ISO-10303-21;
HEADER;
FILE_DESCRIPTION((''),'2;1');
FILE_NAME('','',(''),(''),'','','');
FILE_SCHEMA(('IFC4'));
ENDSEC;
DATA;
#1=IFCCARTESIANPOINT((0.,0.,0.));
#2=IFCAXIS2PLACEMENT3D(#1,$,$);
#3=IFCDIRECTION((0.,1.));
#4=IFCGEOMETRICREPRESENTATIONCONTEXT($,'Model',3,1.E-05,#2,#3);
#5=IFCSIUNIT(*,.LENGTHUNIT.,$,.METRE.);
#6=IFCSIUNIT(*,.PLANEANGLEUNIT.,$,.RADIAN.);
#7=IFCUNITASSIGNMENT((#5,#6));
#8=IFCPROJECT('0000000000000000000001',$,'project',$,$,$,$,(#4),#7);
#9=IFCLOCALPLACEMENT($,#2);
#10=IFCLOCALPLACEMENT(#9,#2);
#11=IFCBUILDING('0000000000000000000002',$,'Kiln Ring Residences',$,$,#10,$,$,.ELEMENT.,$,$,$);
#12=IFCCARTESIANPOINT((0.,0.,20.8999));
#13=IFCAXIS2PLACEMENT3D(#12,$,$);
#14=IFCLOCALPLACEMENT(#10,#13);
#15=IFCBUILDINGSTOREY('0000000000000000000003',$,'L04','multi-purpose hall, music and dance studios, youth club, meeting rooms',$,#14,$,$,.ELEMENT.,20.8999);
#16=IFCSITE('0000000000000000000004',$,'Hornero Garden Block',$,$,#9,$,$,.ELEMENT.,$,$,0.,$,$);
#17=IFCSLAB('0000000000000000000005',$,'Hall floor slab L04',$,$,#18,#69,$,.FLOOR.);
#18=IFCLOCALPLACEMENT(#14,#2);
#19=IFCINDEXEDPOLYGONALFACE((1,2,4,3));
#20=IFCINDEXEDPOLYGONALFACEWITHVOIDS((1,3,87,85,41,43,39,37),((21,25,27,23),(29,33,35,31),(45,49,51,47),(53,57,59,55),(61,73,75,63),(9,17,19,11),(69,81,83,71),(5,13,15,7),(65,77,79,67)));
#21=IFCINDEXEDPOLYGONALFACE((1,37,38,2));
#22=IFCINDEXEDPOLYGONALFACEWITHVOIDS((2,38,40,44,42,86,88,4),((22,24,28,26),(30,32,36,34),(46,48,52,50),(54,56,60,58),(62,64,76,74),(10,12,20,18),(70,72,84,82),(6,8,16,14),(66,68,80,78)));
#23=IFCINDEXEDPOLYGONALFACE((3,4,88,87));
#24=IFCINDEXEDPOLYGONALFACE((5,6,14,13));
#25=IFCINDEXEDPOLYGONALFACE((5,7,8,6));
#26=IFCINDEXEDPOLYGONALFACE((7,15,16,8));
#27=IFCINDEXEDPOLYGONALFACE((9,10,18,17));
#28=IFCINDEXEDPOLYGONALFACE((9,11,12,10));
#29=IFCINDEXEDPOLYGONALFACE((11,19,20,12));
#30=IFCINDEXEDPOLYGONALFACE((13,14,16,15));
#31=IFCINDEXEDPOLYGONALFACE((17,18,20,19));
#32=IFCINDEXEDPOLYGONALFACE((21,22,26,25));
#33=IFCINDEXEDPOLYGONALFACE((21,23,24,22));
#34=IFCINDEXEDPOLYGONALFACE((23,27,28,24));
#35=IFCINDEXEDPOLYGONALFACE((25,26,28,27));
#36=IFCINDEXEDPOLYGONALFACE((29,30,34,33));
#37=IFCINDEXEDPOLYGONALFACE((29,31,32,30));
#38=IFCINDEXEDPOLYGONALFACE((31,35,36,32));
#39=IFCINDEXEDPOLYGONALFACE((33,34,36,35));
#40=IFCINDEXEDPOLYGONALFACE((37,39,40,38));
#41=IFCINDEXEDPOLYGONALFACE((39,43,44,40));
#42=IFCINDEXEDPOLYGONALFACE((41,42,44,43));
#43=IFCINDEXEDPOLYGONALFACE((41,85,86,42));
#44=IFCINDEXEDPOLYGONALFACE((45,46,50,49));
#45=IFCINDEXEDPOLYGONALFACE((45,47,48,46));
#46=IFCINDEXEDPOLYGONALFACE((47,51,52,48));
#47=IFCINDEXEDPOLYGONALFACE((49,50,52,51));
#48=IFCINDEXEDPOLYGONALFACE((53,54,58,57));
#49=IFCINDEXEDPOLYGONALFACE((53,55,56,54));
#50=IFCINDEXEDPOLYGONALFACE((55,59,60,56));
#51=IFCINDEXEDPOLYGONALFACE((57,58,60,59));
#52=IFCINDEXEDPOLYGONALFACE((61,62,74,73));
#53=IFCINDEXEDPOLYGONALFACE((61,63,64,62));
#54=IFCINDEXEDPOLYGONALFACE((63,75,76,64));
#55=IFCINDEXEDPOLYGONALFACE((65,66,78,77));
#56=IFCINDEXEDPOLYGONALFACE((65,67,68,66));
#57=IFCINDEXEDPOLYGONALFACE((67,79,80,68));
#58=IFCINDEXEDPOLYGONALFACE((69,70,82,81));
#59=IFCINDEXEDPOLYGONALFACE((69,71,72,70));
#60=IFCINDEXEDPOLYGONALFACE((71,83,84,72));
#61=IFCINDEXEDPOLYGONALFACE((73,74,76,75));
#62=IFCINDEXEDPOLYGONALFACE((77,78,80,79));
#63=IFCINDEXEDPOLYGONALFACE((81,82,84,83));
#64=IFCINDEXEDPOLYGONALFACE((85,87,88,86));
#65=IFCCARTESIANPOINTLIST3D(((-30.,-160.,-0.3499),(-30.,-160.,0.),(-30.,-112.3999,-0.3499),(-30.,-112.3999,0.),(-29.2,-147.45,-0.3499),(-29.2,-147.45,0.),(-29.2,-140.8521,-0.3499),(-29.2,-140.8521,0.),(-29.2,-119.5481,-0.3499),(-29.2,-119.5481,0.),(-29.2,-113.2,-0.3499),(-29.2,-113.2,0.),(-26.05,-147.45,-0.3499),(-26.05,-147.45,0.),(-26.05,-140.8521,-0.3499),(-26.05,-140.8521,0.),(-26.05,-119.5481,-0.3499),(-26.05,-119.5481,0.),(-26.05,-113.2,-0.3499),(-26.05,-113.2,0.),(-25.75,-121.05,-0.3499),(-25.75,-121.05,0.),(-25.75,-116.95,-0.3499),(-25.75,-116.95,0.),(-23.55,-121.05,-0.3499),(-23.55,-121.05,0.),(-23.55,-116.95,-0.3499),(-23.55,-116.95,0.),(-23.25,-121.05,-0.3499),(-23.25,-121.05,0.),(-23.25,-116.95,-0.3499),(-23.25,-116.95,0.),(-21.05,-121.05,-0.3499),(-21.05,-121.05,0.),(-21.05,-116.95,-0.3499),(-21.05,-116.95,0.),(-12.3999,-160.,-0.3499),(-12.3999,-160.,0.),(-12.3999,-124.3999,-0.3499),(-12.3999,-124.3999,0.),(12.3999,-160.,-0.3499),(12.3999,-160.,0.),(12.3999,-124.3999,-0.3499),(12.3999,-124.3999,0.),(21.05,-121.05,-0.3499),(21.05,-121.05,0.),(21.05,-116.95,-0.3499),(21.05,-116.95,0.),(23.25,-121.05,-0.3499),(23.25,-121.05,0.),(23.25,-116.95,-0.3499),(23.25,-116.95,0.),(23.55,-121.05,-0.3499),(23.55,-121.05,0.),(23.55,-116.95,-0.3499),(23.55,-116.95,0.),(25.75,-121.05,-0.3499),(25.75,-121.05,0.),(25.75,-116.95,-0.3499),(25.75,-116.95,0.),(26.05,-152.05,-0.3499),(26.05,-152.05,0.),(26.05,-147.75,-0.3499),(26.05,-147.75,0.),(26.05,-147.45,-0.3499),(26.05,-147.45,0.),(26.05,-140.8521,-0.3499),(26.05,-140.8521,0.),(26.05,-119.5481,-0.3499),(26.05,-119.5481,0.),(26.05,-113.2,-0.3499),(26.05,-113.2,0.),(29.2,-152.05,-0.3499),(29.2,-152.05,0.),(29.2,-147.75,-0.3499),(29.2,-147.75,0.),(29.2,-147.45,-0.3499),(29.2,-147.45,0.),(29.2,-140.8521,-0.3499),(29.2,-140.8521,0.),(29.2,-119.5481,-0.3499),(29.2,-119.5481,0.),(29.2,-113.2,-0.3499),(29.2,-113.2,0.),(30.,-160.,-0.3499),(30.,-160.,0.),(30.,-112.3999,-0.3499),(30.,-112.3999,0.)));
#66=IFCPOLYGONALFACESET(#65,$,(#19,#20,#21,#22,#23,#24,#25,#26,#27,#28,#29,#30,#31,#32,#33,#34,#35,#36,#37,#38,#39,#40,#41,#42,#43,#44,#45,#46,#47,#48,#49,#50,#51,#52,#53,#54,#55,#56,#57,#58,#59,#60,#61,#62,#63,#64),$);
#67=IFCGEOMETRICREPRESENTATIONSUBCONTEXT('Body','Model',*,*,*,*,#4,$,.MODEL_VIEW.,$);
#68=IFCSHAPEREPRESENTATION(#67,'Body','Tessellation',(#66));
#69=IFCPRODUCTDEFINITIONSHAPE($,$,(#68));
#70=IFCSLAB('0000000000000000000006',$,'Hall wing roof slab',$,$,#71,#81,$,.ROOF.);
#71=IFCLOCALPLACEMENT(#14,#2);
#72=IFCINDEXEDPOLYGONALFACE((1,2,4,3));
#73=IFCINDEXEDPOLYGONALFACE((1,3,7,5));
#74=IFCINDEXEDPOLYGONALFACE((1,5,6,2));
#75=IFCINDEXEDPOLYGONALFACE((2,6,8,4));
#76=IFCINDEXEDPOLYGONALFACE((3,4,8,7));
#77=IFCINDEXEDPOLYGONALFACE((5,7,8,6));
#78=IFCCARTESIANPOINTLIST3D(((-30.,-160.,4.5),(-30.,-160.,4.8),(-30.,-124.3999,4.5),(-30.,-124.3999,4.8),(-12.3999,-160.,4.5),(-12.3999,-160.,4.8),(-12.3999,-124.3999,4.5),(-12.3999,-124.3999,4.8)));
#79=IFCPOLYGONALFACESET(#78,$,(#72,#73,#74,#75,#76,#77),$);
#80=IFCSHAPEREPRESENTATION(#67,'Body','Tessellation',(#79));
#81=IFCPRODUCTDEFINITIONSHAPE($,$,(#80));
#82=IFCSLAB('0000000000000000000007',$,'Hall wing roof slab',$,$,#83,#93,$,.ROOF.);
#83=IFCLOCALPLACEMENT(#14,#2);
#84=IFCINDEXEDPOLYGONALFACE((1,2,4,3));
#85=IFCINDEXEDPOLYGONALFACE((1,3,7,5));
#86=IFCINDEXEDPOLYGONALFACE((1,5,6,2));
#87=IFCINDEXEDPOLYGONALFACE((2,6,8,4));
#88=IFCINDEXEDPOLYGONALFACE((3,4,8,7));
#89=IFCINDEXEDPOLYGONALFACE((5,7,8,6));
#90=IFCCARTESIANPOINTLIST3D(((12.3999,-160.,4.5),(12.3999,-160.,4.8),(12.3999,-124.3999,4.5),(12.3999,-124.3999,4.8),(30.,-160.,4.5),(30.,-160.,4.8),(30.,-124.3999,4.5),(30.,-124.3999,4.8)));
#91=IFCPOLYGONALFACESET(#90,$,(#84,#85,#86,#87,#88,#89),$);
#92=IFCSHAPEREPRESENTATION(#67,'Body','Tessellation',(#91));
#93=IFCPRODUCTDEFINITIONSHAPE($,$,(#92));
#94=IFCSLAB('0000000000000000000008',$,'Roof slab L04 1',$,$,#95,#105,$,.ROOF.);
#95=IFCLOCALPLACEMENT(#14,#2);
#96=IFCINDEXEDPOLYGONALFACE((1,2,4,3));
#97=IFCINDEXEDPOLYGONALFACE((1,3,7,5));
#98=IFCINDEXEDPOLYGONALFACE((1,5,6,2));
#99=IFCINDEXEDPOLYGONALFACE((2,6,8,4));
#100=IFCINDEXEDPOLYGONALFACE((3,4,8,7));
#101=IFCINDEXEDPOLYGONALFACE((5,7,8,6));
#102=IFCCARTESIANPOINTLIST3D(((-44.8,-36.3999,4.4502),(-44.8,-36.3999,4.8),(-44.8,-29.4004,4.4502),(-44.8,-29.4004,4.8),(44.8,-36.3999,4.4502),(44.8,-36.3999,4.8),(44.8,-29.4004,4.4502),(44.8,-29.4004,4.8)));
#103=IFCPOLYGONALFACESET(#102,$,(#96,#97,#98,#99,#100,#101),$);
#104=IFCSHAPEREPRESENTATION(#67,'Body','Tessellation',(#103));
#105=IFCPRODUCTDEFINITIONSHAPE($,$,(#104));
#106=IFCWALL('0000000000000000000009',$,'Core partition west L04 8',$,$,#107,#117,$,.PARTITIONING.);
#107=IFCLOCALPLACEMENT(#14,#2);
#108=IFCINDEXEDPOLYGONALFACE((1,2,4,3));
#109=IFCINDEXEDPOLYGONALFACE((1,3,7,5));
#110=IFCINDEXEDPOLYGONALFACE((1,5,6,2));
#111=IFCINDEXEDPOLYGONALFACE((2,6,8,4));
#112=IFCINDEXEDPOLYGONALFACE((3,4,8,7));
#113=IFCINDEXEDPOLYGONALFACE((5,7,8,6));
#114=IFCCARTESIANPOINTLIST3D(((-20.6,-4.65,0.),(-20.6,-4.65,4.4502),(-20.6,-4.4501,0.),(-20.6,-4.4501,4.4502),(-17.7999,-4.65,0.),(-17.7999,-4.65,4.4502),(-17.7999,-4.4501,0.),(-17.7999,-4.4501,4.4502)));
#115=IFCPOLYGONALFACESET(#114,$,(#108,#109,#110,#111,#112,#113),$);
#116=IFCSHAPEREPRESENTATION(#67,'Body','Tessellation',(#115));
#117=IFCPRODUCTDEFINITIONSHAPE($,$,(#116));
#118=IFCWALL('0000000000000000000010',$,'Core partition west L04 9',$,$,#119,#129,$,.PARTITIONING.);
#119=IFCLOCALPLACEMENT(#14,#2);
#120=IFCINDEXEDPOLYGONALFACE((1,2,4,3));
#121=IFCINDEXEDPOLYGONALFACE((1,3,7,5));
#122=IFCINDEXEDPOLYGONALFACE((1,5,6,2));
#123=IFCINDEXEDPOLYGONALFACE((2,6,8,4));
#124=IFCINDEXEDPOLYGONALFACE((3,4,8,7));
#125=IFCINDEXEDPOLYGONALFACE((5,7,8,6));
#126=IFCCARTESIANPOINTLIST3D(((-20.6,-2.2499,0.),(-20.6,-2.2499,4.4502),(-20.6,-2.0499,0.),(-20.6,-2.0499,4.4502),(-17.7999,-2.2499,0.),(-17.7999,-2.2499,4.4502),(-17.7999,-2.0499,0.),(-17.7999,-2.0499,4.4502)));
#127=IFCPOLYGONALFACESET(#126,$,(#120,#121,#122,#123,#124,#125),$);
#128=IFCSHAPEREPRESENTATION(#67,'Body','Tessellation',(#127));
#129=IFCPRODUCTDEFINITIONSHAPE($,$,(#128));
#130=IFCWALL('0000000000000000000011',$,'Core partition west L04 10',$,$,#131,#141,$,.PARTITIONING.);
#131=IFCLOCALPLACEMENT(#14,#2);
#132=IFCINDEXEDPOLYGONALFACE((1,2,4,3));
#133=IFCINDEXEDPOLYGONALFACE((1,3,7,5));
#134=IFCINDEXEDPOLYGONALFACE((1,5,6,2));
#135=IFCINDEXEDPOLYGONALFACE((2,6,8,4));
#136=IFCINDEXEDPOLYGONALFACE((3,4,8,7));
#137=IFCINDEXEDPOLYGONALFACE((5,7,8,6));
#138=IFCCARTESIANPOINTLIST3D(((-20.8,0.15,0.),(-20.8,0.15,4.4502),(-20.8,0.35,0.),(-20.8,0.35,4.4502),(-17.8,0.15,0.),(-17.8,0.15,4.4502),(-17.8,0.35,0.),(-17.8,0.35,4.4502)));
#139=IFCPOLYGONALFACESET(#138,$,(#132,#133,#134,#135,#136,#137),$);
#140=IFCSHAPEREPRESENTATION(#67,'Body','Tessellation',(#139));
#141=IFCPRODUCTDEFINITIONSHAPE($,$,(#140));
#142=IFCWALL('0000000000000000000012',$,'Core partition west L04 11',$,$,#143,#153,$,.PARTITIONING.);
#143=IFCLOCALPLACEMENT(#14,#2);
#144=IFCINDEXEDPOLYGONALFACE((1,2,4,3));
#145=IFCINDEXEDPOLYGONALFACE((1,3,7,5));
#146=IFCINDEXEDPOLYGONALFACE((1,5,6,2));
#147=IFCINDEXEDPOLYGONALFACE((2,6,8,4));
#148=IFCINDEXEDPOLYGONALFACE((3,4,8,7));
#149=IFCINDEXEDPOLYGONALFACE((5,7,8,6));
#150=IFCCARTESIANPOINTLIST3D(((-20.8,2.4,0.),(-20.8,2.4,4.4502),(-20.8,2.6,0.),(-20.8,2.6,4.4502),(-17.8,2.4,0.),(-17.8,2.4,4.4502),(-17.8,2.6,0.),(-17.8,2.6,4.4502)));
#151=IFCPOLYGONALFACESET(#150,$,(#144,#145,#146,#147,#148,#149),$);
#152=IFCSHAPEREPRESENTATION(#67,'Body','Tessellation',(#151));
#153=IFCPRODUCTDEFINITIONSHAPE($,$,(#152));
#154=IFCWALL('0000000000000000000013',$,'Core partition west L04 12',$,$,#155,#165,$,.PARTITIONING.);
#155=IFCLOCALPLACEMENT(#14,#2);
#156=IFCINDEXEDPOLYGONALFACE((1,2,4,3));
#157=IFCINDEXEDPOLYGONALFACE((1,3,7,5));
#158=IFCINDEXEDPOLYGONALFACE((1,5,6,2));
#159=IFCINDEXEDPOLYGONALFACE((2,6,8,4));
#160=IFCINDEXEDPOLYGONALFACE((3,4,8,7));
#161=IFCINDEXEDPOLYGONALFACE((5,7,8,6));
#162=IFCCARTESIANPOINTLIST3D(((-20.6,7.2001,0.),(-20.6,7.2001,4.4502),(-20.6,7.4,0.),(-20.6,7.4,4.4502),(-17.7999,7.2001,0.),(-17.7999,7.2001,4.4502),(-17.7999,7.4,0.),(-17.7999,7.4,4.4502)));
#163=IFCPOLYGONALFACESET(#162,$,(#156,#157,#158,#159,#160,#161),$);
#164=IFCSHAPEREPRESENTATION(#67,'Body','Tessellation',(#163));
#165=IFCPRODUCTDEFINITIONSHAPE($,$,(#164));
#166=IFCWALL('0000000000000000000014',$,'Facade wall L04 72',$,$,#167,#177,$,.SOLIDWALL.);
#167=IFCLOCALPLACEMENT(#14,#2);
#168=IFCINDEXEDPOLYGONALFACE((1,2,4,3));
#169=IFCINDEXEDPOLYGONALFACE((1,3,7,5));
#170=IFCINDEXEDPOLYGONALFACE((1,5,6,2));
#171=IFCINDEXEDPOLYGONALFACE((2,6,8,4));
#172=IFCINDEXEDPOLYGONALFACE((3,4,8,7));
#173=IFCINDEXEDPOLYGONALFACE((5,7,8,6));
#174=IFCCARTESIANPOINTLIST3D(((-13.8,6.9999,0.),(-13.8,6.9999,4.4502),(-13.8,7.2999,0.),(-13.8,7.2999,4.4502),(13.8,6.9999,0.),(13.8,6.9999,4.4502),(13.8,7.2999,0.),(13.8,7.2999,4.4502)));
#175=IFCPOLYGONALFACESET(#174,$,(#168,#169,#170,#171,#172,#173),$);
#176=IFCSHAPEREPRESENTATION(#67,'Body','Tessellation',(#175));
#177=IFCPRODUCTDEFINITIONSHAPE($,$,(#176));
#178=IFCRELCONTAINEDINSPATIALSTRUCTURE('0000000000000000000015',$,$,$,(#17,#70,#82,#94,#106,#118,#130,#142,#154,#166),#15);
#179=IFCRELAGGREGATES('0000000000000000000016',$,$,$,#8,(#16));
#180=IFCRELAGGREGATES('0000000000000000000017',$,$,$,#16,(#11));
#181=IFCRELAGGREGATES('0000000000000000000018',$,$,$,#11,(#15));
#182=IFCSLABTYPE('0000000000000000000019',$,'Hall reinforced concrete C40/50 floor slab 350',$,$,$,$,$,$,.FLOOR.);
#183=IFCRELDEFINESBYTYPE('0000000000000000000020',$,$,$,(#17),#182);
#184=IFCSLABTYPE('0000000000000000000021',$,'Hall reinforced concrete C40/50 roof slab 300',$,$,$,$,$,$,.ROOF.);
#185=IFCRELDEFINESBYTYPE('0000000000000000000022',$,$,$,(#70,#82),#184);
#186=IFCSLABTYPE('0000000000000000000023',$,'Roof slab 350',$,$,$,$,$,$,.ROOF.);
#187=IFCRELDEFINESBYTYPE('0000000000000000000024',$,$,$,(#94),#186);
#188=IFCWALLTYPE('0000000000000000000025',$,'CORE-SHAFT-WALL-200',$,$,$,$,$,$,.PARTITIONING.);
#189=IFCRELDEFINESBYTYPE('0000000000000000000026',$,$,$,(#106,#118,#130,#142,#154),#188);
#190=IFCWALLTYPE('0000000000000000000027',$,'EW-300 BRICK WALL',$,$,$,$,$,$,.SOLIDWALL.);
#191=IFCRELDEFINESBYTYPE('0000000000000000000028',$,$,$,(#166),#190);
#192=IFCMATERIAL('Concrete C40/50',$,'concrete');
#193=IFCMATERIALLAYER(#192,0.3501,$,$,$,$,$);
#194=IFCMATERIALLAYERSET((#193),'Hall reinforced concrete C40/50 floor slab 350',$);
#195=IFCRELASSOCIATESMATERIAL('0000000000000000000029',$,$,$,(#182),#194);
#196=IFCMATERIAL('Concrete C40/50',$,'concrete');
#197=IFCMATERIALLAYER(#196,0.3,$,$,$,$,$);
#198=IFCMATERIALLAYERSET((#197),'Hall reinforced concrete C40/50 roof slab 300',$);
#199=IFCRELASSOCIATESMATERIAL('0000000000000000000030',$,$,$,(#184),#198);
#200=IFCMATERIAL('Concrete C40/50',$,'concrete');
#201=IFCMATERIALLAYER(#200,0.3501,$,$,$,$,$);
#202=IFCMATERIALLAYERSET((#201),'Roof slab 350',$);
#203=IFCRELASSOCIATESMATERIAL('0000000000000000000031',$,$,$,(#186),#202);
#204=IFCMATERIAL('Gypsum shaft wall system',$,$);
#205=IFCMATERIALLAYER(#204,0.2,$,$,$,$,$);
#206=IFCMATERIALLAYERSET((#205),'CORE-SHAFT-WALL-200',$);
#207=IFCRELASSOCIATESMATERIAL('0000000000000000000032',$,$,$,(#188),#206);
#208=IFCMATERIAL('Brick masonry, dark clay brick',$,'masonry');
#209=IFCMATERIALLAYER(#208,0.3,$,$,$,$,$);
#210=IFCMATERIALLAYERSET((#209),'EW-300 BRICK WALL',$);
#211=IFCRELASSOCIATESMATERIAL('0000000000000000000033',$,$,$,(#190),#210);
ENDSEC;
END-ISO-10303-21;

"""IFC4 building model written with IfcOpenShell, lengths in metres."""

from ifc_helpers import new_model, si_unit, direction, frame, frame_2d, origin, place, context, subcontext, project, spatial, polyline, rectangle, outline, extrude, material, layer, layer_set, type_object, element, save


model = new_model("IFC4")

# Units and contexts
model_context = context("Model", 3, precision=1e-05, world=origin(), true_north=direction((0.0, 1.0)))
body_context = subcontext(model_context, "Body", "Model", "MODEL_VIEW")
ifc_project = project(units=[si_unit("LENGTHUNIT", "METRE"), si_unit("PLANEANGLEUNIT", "RADIAN")], contexts=[model_context])

# Site, building, storey
site_placement = place(None, origin())
site = spatial("IfcSite", under=ifc_project, at=site_placement, Name="Hornero Garden Block", CompositionType="ELEMENT", RefElevation=0.0)
building_placement = place(site_placement, origin())
building = spatial("IfcBuilding", under=site, at=building_placement, Name="Kiln Ring Residences", CompositionType="ELEMENT")
storey_placement = place(building_placement, frame((0.0, 0.0, 20.8999)))
storey = spatial("IfcBuildingStorey", under=building, at=storey_placement, Name="L04", Description="multi-purpose hall, music and dance studios, youth club, meeting rooms", CompositionType="ELEMENT", Elevation=20.8999)

# Slabs
placement_1 = place(storey_placement, frame((0.0, 0.0, -0.3499)))
ifc_material_1 = material(Name="Concrete C40/50", Category="concrete")
ifc_layer_1 = layer(ifc_material_1, 0.3501)
ifc_layer_set_1 = layer_set([ifc_layer_1], Name="Hall reinforced concrete C40/50 floor slab 350")
slab_type_1 = type_object("IfcSlabType", Name="Hall reinforced concrete C40/50 floor slab 350", PredefinedType="FLOOR", material=ifc_layer_set_1)
element("IfcSlab", 1, at=placement_1, inside=storey, type_object=slab_type_1, Name="Hall floor slab L04", PredefinedType="FLOOR", context=body_context, shape_type="SweptSolid", body=[
    extrude(outline(polyline([(-30.0, -112.3999), (30.0, -112.3999), (30.0, -160.0), (12.3999, -160.0), (12.3999, -124.3999), (-12.3999, -124.3999), (-12.3999, -160.0), (-30.0, -160.0), (-30.0, -112.3999)]), holes=[polyline([(-23.55, -116.95), (-25.75, -116.95), (-25.75, -121.05), (-23.55, -121.05), (-23.55, -116.95)]), polyline([(-23.25, -121.05), (-21.05, -121.05), (-21.05, -116.95), (-23.25, -116.95), (-23.25, -121.05)]), polyline([(23.25, -116.95), (21.05, -116.95), (21.05, -121.05), (23.25, -121.05), (23.25, -116.95)]), polyline([(25.75, -121.05), (25.75, -116.95), (23.55, -116.95), (23.55, -121.05), (25.75, -121.05)]), polyline([(29.2, -147.75), (26.05, -147.75), (26.05, -152.05), (29.2, -152.05), (29.2, -147.75)]), polyline([(-26.05, -119.5481), (-26.05, -113.2), (-29.2, -113.2), (-29.2, -119.5481), (-26.05, -119.5481)]), polyline([(26.05, -119.5481), (29.2, -119.5481), (29.2, -113.2), (26.05, -113.2), (26.05, -119.5481)]), polyline([(-26.05, -147.45), (-26.05, -140.8521), (-29.2, -140.8521), (-29.2, -147.45), (-26.05, -147.45)]), polyline([(26.05, -147.45), (29.2, -147.45), (29.2, -140.8521), (26.05, -140.8521), (26.05, -147.45)])]), origin(), (0.0, 0.0, 1.0), 0.3499),
])
ifc_material_2 = material(Name="Concrete C40/50", Category="concrete")
ifc_layer_2 = layer(ifc_material_2, 0.3)
ifc_layer_set_2 = layer_set([ifc_layer_2], Name="Hall reinforced concrete C40/50 roof slab 300")
slab_type_2 = type_object("IfcSlabType", Name="Hall reinforced concrete C40/50 roof slab 300", PredefinedType="ROOF", material=ifc_layer_set_2)
placement_2 = place(storey_placement, frame((0.0, 0.0, 4.5)))
element("IfcSlab", 2, at=placement_2, inside=storey, type_object=slab_type_2, Name="Hall wing roof slab", PredefinedType="ROOF", context=body_context, shape_type="SweptSolid", body=[
    extrude(outline(polyline([(-30.0, -160.0), (-12.3999, -160.0), (-12.3999, -124.3999), (-30.0, -124.3999), (-30.0, -160.0)])), origin(), (0.0, 0.0, 1.0), 0.3),
])
element("IfcSlab", 3, at=placement_2, inside=storey, type_object=slab_type_2, Name="Hall wing roof slab", PredefinedType="ROOF", context=body_context, shape_type="SweptSolid", body=[
    extrude(outline(polyline([(12.3999, -160.0), (30.0, -160.0), (30.0, -124.3999), (12.3999, -124.3999), (12.3999, -160.0)])), origin(), (0.0, 0.0, 1.0), 0.3),
])
ifc_material_3 = material(Name="Concrete C40/50", Category="concrete")
ifc_layer_3 = layer(ifc_material_3, 0.3501)
ifc_layer_set_3 = layer_set([ifc_layer_3], Name="Roof slab 350")
slab_type_3 = type_object("IfcSlabType", Name="Roof slab 350", PredefinedType="ROOF", material=ifc_layer_set_3)
slab_1_placement = place(storey_placement, frame((0.0, 0.0, 4.4502)))
element("IfcSlab", 4, at=slab_1_placement, inside=storey, type_object=slab_type_3, Name="Roof slab L04 1", PredefinedType="ROOF", context=body_context, shape_type="SweptSolid", body=[
    extrude(outline(polyline([(44.8, -29.4004), (-44.8, -29.4004), (-44.8, -36.3999), (44.8, -36.3999), (44.8, -29.4004)])), origin(), (0.0, 0.0, 1.0), 0.3499),
])

# Walls
ifc_material_4 = material(Name="Gypsum shaft wall system")
ifc_layer_4 = layer(ifc_material_4, 0.2)
ifc_layer_set_4 = layer_set([ifc_layer_4], Name="CORE-SHAFT-WALL-200")
wall_type_1 = type_object("IfcWallType", Name="CORE-SHAFT-WALL-200", PredefinedType="PARTITIONING", material=ifc_layer_set_4)
for number, where, z_axis, x_axis, name in (
    (5, (-17.8, -4.55, 0.0), (0.0, 0.0, 1.0), (-1.0, 0.0, 0.0), "Core partition west L04 8"),
    (6, (-17.8, -2.1499, 0.0), (0.0, 0.0, 1.0), (-1.0, 0.0, 0.0), "Core partition west L04 9"),
):
    element("IfcWall", number, at=place(storey_placement, frame(where, z_axis=z_axis, x_axis=x_axis)), inside=storey, type_object=wall_type_1, Name=name, PredefinedType="PARTITIONING", context=body_context, shape_type="SweptSolid", body=[
        extrude(rectangle(XDim=2.8, YDim=0.2, at=frame_2d((1.3999, 0.0))), origin(), (0.0, 0.0, 1.0), 4.4502),
    ])
for number, where, z_axis, x_axis, name in (
    (7, (-17.8, 0.25, 0.0), (0.0, 0.0, 1.0), (-1.0, 0.0, 0.0), "Core partition west L04 10"),
    (8, (-17.8, 2.5, 0.0), (0.0, 0.0, 1.0), (-1.0, 0.0, 0.0), "Core partition west L04 11"),
):
    element("IfcWall", number, at=place(storey_placement, frame(where, z_axis=z_axis, x_axis=x_axis)), inside=storey, type_object=wall_type_1, Name=name, PredefinedType="PARTITIONING", context=body_context, shape_type="SweptSolid", body=[
        extrude(rectangle(XDim=3.0, YDim=0.2, at=frame_2d((1.5, 0.0))), origin(), (0.0, 0.0, 1.0), 4.4502),
    ])
wall_1_placement = place(storey_placement, frame((-17.8, 7.3, 0.0), z_axis=(0.0, 0.0, 1.0), x_axis=(-1.0, 0.0, 0.0)))
element("IfcWall", 9, at=wall_1_placement, inside=storey, type_object=wall_type_1, Name="Core partition west L04 12", PredefinedType="PARTITIONING", context=body_context, shape_type="SweptSolid", body=[
    extrude(rectangle(XDim=2.8, YDim=0.2, at=frame_2d((1.3999, 0.0))), origin(), (0.0, 0.0, 1.0), 4.4502),
])
ifc_material_5 = material(Name="Brick masonry, dark clay brick", Category="masonry")
ifc_layer_5 = layer(ifc_material_5, 0.3)
ifc_layer_set_5 = layer_set([ifc_layer_5], Name="EW-300 BRICK WALL")
wall_type_2 = type_object("IfcWallType", Name="EW-300 BRICK WALL", PredefinedType="SOLIDWALL", material=ifc_layer_set_5)
wall_2_placement = place(storey_placement, frame((-13.8, 7.1499, 0.0), z_axis=(0.0, 0.0, 1.0), x_axis=(1.0, 0.0, 0.0)))
element("IfcWall", 10, at=wall_2_placement, inside=storey, type_object=wall_type_2, Name="Facade wall L04 72", PredefinedType="SOLIDWALL", context=body_context, shape_type="SweptSolid", body=[
    extrude(rectangle(XDim=27.6001, YDim=0.3, at=frame_2d((13.8, 0.0))), origin(), (0.0, 0.0, 1.0), 4.4502),
])

save(model, "model.ifc")
